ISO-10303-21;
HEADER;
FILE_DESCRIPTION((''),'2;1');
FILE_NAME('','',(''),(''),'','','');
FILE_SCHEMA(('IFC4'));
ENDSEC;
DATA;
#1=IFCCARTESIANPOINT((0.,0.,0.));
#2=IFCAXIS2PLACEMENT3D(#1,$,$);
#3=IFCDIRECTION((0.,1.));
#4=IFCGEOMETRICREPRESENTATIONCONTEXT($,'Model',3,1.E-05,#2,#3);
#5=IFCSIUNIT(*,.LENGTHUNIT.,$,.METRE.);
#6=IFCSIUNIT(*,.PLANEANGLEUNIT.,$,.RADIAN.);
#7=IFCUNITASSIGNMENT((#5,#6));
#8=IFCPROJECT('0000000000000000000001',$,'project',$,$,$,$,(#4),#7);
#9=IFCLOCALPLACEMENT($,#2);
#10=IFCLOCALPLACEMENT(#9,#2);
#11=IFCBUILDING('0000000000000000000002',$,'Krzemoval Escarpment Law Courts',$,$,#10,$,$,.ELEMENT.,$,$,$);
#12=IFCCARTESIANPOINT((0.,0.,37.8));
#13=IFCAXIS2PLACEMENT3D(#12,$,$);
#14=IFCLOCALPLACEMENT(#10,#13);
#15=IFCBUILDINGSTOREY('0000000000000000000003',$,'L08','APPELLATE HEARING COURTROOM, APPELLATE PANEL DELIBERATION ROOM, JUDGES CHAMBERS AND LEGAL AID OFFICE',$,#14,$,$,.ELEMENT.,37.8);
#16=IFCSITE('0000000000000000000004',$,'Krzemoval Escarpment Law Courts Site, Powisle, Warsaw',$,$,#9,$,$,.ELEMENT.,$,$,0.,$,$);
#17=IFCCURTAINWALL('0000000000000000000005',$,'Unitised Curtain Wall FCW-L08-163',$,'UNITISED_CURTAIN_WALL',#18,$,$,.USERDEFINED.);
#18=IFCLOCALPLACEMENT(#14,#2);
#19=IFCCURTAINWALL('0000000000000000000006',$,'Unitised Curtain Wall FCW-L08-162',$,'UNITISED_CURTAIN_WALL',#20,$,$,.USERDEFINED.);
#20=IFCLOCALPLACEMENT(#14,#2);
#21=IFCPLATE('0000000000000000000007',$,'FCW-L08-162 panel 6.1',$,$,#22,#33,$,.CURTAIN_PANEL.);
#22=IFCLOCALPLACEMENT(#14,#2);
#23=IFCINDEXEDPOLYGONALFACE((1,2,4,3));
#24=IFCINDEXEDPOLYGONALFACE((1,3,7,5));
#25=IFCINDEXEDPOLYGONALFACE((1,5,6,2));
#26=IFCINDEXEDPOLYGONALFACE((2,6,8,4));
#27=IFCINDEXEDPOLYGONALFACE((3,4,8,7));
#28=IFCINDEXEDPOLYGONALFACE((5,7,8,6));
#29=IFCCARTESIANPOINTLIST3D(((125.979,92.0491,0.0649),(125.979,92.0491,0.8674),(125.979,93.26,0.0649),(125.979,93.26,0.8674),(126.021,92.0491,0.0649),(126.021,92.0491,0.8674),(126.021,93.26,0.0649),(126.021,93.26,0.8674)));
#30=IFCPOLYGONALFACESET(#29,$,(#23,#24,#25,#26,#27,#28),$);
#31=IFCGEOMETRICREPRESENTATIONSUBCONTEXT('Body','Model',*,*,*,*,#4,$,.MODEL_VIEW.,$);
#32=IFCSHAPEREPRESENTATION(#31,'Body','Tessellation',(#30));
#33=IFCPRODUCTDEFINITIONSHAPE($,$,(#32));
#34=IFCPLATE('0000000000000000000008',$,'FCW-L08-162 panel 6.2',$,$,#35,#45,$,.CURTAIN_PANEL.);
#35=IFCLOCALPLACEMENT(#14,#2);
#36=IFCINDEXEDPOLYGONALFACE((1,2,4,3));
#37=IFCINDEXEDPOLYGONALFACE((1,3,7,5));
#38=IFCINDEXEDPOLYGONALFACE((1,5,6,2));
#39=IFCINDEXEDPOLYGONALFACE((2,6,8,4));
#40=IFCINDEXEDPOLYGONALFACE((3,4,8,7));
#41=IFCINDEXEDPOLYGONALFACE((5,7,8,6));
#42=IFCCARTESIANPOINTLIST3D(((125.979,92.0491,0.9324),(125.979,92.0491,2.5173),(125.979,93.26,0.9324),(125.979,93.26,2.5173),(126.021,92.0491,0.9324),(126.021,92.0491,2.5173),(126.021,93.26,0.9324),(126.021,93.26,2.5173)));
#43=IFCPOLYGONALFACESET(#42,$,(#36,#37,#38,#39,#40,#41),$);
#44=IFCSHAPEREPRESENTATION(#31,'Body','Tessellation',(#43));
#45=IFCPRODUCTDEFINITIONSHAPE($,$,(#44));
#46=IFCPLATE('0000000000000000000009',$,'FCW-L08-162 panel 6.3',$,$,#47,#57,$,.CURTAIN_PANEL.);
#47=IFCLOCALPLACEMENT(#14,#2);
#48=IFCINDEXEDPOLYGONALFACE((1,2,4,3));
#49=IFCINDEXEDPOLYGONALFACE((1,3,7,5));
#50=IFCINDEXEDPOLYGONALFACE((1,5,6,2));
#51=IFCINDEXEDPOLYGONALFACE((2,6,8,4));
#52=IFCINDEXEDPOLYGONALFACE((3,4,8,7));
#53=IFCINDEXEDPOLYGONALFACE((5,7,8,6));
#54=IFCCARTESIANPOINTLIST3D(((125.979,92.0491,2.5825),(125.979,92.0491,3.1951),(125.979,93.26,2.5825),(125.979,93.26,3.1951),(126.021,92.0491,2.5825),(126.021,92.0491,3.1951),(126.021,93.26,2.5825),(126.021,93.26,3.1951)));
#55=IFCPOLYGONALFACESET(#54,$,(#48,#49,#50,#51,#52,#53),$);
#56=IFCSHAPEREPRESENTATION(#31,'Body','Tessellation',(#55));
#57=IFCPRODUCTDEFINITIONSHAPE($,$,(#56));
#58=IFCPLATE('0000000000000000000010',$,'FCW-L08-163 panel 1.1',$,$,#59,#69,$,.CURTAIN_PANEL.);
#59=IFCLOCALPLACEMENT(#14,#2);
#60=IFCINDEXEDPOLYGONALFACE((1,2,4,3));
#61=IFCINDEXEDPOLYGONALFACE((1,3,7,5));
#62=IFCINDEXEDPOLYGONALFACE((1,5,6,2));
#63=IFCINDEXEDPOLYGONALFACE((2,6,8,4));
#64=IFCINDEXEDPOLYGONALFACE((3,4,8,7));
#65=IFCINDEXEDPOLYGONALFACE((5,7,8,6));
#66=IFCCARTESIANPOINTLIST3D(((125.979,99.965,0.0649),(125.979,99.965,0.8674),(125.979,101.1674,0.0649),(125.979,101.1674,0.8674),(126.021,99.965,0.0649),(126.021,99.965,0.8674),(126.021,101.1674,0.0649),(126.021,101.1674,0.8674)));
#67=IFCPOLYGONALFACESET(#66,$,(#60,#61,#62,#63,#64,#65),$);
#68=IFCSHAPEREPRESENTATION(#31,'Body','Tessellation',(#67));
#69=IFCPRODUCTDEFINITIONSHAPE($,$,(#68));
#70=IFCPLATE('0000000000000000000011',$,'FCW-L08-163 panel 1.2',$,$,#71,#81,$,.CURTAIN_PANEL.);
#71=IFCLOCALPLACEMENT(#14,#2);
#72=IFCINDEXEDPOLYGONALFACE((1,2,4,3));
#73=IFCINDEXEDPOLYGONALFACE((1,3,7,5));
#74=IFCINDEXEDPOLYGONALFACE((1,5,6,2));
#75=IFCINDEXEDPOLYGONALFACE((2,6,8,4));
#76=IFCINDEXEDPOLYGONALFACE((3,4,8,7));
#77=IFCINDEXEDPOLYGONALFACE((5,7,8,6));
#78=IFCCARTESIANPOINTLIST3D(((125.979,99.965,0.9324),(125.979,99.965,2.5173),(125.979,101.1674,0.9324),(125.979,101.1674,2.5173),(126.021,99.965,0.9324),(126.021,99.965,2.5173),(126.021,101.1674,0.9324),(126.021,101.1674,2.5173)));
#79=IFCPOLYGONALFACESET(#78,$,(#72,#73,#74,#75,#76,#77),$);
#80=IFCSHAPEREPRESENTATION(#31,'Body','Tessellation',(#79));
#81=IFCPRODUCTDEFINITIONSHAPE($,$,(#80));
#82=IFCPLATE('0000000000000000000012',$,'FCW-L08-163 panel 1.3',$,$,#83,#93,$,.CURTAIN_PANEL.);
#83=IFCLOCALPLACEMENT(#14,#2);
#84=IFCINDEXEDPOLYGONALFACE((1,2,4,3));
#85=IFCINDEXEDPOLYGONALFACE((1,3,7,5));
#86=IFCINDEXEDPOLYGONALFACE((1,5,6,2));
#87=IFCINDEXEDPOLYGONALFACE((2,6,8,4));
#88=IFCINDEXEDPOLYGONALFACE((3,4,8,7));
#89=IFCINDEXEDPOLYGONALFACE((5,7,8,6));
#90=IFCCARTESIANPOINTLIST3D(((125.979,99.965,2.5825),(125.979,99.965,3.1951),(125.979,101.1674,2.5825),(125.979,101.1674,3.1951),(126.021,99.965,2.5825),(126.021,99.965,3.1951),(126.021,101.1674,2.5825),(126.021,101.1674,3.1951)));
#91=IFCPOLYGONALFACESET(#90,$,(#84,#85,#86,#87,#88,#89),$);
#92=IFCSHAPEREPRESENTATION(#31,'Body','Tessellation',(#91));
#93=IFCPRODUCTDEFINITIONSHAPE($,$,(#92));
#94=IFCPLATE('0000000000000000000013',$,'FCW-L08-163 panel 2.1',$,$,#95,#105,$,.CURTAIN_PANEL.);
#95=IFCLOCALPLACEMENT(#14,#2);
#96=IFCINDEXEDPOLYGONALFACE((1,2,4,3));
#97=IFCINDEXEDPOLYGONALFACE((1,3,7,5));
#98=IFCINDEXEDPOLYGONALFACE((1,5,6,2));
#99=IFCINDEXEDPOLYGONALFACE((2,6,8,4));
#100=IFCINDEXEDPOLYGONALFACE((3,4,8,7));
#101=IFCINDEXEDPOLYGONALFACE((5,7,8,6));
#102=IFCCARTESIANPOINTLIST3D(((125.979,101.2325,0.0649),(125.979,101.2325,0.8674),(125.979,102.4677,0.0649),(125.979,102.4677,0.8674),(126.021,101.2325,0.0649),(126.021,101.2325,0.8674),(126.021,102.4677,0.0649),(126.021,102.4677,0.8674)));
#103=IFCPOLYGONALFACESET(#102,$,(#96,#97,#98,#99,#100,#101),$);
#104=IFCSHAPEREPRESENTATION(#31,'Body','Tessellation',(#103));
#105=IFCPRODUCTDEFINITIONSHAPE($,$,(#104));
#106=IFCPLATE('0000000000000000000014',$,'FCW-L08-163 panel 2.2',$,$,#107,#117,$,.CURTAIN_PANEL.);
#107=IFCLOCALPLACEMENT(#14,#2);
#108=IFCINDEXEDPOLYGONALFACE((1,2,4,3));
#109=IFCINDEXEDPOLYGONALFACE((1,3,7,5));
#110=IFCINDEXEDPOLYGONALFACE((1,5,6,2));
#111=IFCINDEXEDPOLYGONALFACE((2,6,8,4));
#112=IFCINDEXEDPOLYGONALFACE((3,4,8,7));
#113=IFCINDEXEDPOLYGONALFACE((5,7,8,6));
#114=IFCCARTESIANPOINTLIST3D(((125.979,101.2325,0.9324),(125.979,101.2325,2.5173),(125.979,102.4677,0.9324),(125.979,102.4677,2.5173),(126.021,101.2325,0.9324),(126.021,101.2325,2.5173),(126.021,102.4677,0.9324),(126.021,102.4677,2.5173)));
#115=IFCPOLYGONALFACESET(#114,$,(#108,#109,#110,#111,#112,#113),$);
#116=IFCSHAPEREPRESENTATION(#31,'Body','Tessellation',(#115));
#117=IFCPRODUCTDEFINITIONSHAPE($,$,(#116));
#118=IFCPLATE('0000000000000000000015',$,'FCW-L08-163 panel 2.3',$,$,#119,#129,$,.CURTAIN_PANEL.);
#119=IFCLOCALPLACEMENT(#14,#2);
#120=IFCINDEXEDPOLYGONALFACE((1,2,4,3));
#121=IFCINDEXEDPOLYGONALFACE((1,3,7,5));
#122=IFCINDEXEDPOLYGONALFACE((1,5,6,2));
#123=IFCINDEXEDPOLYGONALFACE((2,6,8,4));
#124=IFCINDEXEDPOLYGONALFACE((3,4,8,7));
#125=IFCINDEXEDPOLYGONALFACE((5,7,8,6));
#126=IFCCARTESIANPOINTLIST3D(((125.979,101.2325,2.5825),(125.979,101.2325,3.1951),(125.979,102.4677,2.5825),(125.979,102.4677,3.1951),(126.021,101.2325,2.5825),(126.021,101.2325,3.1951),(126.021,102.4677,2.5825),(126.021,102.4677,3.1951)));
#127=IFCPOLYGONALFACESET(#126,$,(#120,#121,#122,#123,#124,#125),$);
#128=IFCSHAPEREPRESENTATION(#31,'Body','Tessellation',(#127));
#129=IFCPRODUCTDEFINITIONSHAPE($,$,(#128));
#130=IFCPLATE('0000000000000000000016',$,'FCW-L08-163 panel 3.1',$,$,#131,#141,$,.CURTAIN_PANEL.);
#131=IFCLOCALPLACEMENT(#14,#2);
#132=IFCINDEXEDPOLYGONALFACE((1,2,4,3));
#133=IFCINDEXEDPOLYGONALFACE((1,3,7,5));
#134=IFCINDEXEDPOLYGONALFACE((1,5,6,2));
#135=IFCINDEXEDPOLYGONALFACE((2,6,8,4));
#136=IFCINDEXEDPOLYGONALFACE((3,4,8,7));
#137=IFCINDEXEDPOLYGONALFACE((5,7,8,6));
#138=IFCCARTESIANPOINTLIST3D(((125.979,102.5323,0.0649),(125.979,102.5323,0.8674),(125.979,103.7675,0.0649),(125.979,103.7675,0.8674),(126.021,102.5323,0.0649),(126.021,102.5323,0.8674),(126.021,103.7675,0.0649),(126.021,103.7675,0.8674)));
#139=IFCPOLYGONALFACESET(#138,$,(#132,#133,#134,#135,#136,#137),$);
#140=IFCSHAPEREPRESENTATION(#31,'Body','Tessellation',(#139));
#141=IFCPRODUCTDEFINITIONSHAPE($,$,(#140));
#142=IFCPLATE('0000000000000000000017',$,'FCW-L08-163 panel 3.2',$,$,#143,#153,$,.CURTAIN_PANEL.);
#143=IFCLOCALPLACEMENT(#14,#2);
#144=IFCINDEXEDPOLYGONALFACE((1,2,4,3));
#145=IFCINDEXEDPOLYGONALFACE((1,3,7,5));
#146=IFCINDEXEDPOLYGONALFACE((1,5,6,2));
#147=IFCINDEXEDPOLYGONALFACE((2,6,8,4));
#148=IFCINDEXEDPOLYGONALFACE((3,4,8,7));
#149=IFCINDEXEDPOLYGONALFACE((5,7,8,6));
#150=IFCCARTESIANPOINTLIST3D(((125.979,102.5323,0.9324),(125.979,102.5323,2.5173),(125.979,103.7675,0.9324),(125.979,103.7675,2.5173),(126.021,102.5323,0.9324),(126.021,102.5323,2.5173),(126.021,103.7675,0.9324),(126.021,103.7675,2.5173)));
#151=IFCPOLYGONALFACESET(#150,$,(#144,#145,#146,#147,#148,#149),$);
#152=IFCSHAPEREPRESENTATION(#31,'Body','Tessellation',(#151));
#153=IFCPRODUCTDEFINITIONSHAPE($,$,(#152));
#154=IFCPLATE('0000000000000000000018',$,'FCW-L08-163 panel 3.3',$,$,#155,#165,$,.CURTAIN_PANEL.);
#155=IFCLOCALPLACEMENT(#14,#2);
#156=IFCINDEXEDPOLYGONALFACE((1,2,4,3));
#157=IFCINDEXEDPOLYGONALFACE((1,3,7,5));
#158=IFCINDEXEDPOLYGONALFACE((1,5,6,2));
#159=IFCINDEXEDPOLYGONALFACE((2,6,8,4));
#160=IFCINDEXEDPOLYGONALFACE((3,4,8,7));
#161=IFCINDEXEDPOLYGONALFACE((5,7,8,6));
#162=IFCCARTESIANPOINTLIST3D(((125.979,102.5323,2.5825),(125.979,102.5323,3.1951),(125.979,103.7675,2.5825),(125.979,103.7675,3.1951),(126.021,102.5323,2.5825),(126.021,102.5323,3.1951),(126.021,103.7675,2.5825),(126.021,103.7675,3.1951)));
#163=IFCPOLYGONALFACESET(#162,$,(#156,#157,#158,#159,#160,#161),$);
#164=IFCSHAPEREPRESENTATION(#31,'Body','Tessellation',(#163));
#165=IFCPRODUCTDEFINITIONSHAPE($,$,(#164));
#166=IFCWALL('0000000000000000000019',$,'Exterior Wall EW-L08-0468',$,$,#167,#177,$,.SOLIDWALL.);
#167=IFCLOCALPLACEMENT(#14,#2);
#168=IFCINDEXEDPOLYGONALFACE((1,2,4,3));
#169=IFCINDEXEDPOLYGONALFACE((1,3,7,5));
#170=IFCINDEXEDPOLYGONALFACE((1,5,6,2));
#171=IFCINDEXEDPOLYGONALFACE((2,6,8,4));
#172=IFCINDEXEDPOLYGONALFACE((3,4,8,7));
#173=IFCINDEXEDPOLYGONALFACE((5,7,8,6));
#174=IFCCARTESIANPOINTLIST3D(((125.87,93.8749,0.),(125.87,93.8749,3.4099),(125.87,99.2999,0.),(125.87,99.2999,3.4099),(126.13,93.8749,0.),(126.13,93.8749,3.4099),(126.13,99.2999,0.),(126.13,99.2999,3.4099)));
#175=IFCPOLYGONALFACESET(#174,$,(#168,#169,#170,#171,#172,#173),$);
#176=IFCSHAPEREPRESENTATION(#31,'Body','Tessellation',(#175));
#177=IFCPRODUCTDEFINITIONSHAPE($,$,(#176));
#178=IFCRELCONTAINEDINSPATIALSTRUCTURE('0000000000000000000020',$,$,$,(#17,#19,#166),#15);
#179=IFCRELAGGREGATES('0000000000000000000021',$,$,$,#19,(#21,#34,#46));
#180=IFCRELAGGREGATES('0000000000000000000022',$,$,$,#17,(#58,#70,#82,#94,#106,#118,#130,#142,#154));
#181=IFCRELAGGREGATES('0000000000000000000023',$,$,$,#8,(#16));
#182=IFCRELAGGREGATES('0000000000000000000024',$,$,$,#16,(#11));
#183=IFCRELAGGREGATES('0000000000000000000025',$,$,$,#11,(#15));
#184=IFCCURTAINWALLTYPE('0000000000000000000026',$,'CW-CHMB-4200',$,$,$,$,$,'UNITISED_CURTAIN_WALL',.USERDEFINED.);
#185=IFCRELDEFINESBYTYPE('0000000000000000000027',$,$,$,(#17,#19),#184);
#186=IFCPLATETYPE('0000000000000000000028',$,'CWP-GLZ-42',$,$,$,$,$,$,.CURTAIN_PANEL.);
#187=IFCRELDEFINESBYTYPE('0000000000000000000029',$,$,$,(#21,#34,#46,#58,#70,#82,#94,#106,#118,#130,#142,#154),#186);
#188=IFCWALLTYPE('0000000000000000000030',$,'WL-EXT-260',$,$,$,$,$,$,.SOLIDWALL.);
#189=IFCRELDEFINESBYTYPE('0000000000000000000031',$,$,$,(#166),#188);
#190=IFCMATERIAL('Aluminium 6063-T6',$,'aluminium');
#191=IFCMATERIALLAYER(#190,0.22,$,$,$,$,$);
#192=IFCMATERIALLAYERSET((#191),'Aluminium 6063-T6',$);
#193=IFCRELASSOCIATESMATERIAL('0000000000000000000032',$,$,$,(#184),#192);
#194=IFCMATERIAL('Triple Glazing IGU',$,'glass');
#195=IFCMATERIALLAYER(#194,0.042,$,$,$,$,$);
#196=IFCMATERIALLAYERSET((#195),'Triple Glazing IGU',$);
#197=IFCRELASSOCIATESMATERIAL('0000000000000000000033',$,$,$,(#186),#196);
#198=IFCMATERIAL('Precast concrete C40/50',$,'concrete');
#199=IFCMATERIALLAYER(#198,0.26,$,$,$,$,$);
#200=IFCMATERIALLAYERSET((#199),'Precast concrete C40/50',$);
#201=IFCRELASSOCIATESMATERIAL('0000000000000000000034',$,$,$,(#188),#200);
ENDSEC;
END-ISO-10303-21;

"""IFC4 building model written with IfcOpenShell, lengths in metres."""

from ifc_helpers import new_model, si_unit, direction, frame, frame_2d, origin, origin_2d, place, context, subcontext, project, spatial, rectangle, extrude, material, layer, layer_set, type_object, element, aggregate, save


model = new_model("IFC4")

# Units and contexts
model_context = context("Model", 3, precision=1e-05, world=origin(), true_north=direction((0.0, 1.0)))
body_context = subcontext(model_context, "Body", "Model", "MODEL_VIEW")
ifc_project = project(units=[si_unit("LENGTHUNIT", "METRE"), si_unit("PLANEANGLEUNIT", "RADIAN")], contexts=[model_context])

# Site, building, storey
site_placement = place(None, origin())
site = spatial("IfcSite", under=ifc_project, at=site_placement, Name="Krzemoval Escarpment Law Courts Site, Powisle, Warsaw", CompositionType="ELEMENT", RefElevation=0.0)
building_placement = place(site_placement, origin())
building = spatial("IfcBuilding", under=site, at=building_placement, Name="Krzemoval Escarpment Law Courts", CompositionType="ELEMENT")
storey_placement = place(building_placement, frame((0.0, 0.0, 37.8)))
storey = spatial("IfcBuildingStorey", under=building, at=storey_placement, Name="L08", Description="APPELLATE HEARING COURTROOM, APPELLATE PANEL DELIBERATION ROOM, JUDGES CHAMBERS AND LEGAL AID OFFICE", CompositionType="ELEMENT", Elevation=37.8)

# Curtain wall
ifc_material_1 = material(Name="Aluminium 6063-T6", Category="aluminium")
ifc_layer_1 = layer(ifc_material_1, 0.22)
ifc_layer_set_1 = layer_set([ifc_layer_1], Name="Aluminium 6063-T6")
curtain_wall_type = type_object("IfcCurtainWallType", Name="CW-CHMB-4200", ElementType="UNITISED_CURTAIN_WALL", PredefinedType="USERDEFINED", material=ifc_layer_set_1)
curtain_wall_1_placement = place(storey_placement, origin())
curtain_wall_1 = element("IfcCurtainWall", 1, at=curtain_wall_1_placement, inside=storey, type_object=curtain_wall_type, Name="Unitised Curtain Wall FCW-L08-163", ObjectType="UNITISED_CURTAIN_WALL", PredefinedType="USERDEFINED")

# Curtain wall
curtain_wall_2_placement = place(storey_placement, origin())
curtain_wall_2 = element("IfcCurtainWall", 2, at=curtain_wall_2_placement, inside=storey, type_object=curtain_wall_type, Name="Unitised Curtain Wall FCW-L08-162", ObjectType="UNITISED_CURTAIN_WALL", PredefinedType="USERDEFINED")

# Plates
ifc_material_2 = material(Name="Triple Glazing IGU", Category="glass")
ifc_layer_2 = layer(ifc_material_2, 0.042)
ifc_layer_set_2 = layer_set([ifc_layer_2], Name="Triple Glazing IGU")
plate_type = type_object("IfcPlateType", Name="CWP-GLZ-42", PredefinedType="CURTAIN_PANEL", material=ifc_layer_set_2)
plate_1_placement = place(storey_placement, frame((126.0, 92.6545, 0.0649), z_axis=(0.0, 0.0, 1.0), x_axis=(0.0, 1.0, 0.0)))
plate_1 = element("IfcPlate", 3, at=plate_1_placement, type_object=plate_type, Name="FCW-L08-162 panel 6.1", PredefinedType="CURTAIN_PANEL", context=body_context, shape_type="SweptSolid", body=[
    extrude(rectangle(XDim=1.2109, YDim=0.042, at=origin_2d()), origin(), (0.0, 0.0, 1.0), 0.8025),
])
plate_2_placement = place(storey_placement, frame((126.0, 92.6545, 0.9324), z_axis=(0.0, 0.0, 1.0), x_axis=(0.0, 1.0, 0.0)))
plate_2 = element("IfcPlate", 4, at=plate_2_placement, type_object=plate_type, Name="FCW-L08-162 panel 6.2", PredefinedType="CURTAIN_PANEL", context=body_context, shape_type="SweptSolid", body=[
    extrude(rectangle(XDim=1.2109, YDim=0.042, at=origin_2d()), origin(), (0.0, 0.0, 1.0), 1.585),
])
plate_3_placement = place(storey_placement, frame((126.0, 92.6545, 2.5825), z_axis=(0.0, 0.0, 1.0), x_axis=(0.0, 1.0, 0.0)))
plate_3 = element("IfcPlate", 5, at=plate_3_placement, type_object=plate_type, Name="FCW-L08-162 panel 6.3", PredefinedType="CURTAIN_PANEL", context=body_context, shape_type="SweptSolid", body=[
    extrude(rectangle(XDim=1.2109, YDim=0.042, at=origin_2d()), origin(), (0.0, 0.0, 1.0), 0.6125),
])
aggregate(curtain_wall_2, [plate_1, plate_2, plate_3])
plate_4_placement = place(storey_placement, frame((126.0, 100.5662, 0.0649), z_axis=(0.0, 0.0, 1.0), x_axis=(0.0, 1.0, 0.0)))
plate_4 = element("IfcPlate", 6, at=plate_4_placement, type_object=plate_type, Name="FCW-L08-163 panel 1.1", PredefinedType="CURTAIN_PANEL", context=body_context, shape_type="SweptSolid", body=[
    extrude(rectangle(XDim=1.2024, YDim=0.042, at=origin_2d()), origin(), (0.0, 0.0, 1.0), 0.8025),
])
plate_5_placement = place(storey_placement, frame((126.0, 100.5662, 0.9324), z_axis=(0.0, 0.0, 1.0), x_axis=(0.0, 1.0, 0.0)))
plate_5 = element("IfcPlate", 7, at=plate_5_placement, type_object=plate_type, Name="FCW-L08-163 panel 1.2", PredefinedType="CURTAIN_PANEL", context=body_context, shape_type="SweptSolid", body=[
    extrude(rectangle(XDim=1.2024, YDim=0.042, at=origin_2d()), origin(), (0.0, 0.0, 1.0), 1.585),
])
plate_6_placement = place(storey_placement, frame((126.0, 100.5662, 2.5825), z_axis=(0.0, 0.0, 1.0), x_axis=(0.0, 1.0, 0.0)))
plate_6 = element("IfcPlate", 8, at=plate_6_placement, type_object=plate_type, Name="FCW-L08-163 panel 1.3", PredefinedType="CURTAIN_PANEL", context=body_context, shape_type="SweptSolid", body=[
    extrude(rectangle(XDim=1.2024, YDim=0.042, at=origin_2d()), origin(), (0.0, 0.0, 1.0), 0.6125),
])
plate_7_placement = place(storey_placement, frame((126.0, 101.8501, 0.0649), z_axis=(0.0, 0.0, 1.0), x_axis=(0.0, 1.0, 0.0)))
plate_7 = element("IfcPlate", 9, at=plate_7_placement, type_object=plate_type, Name="FCW-L08-163 panel 2.1", PredefinedType="CURTAIN_PANEL", context=body_context, shape_type="SweptSolid", body=[
    extrude(rectangle(XDim=1.2351, YDim=0.042, at=origin_2d()), origin(), (0.0, 0.0, 1.0), 0.8025),
])
plate_8_placement = place(storey_placement, frame((126.0, 101.8501, 0.9324), z_axis=(0.0, 0.0, 1.0), x_axis=(0.0, 1.0, 0.0)))
plate_8 = element("IfcPlate", 10, at=plate_8_placement, type_object=plate_type, Name="FCW-L08-163 panel 2.2", PredefinedType="CURTAIN_PANEL", context=body_context, shape_type="SweptSolid", body=[
    extrude(rectangle(XDim=1.2351, YDim=0.042, at=origin_2d()), origin(), (0.0, 0.0, 1.0), 1.585),
])
plate_9_placement = place(storey_placement, frame((126.0, 101.8501, 2.5825), z_axis=(0.0, 0.0, 1.0), x_axis=(0.0, 1.0, 0.0)))
plate_9 = element("IfcPlate", 11, at=plate_9_placement, type_object=plate_type, Name="FCW-L08-163 panel 2.3", PredefinedType="CURTAIN_PANEL", context=body_context, shape_type="SweptSolid", body=[
    extrude(rectangle(XDim=1.2351, YDim=0.042, at=origin_2d()), origin(), (0.0, 0.0, 1.0), 0.6125),
])
plate_10_placement = place(storey_placement, frame((126.0, 103.1499, 0.0649), z_axis=(0.0, 0.0, 1.0), x_axis=(0.0, 1.0, 0.0)))
plate_10 = element("IfcPlate", 12, at=plate_10_placement, type_object=plate_type, Name="FCW-L08-163 panel 3.1", PredefinedType="CURTAIN_PANEL", context=body_context, shape_type="SweptSolid", body=[
    extrude(rectangle(XDim=1.2351, YDim=0.042, at=origin_2d()), origin(), (0.0, 0.0, 1.0), 0.8025),
])
plate_11_placement = place(storey_placement, frame((126.0, 103.1499, 0.9324), z_axis=(0.0, 0.0, 1.0), x_axis=(0.0, 1.0, 0.0)))
plate_11 = element("IfcPlate", 13, at=plate_11_placement, type_object=plate_type, Name="FCW-L08-163 panel 3.2", PredefinedType="CURTAIN_PANEL", context=body_context, shape_type="SweptSolid", body=[
    extrude(rectangle(XDim=1.2351, YDim=0.042, at=origin_2d()), origin(), (0.0, 0.0, 1.0), 1.585),
])
plate_12_placement = place(storey_placement, frame((126.0, 103.1499, 2.5825), z_axis=(0.0, 0.0, 1.0), x_axis=(0.0, 1.0, 0.0)))
plate_12 = element("IfcPlate", 14, at=plate_12_placement, type_object=plate_type, Name="FCW-L08-163 panel 3.3", PredefinedType="CURTAIN_PANEL", context=body_context, shape_type="SweptSolid", body=[
    extrude(rectangle(XDim=1.2351, YDim=0.042, at=origin_2d()), origin(), (0.0, 0.0, 1.0), 0.6125),
])
aggregate(curtain_wall_1, [plate_4, plate_5, plate_6, plate_7, plate_8, plate_9, plate_10, plate_11, plate_12])

# Wall
ifc_material_3 = material(Name="Precast concrete C40/50", Category="concrete")
ifc_layer_3 = layer(ifc_material_3, 0.26)
ifc_layer_set_3 = layer_set([ifc_layer_3], Name="Precast concrete C40/50")
wall_type = type_object("IfcWallType", Name="WL-EXT-260", PredefinedType="SOLIDWALL", material=ifc_layer_set_3)
wall_placement = place(storey_placement, frame((126.0, 93.875, 0.0), z_axis=(0.0, 0.0, 1.0), x_axis=(0.0, 1.0, 0.0)))
element("IfcWall", 15, at=wall_placement, inside=storey, type_object=wall_type, Name="Exterior Wall EW-L08-0468", PredefinedType="SOLIDWALL", context=body_context, shape_type="SweptSolid", body=[
    extrude(rectangle(XDim=5.425, YDim=0.26, at=frame_2d((2.7124, 0.0))), origin(), (0.0, 0.0, 1.0), 3.4099),
])

save(model, "model.ifc")
